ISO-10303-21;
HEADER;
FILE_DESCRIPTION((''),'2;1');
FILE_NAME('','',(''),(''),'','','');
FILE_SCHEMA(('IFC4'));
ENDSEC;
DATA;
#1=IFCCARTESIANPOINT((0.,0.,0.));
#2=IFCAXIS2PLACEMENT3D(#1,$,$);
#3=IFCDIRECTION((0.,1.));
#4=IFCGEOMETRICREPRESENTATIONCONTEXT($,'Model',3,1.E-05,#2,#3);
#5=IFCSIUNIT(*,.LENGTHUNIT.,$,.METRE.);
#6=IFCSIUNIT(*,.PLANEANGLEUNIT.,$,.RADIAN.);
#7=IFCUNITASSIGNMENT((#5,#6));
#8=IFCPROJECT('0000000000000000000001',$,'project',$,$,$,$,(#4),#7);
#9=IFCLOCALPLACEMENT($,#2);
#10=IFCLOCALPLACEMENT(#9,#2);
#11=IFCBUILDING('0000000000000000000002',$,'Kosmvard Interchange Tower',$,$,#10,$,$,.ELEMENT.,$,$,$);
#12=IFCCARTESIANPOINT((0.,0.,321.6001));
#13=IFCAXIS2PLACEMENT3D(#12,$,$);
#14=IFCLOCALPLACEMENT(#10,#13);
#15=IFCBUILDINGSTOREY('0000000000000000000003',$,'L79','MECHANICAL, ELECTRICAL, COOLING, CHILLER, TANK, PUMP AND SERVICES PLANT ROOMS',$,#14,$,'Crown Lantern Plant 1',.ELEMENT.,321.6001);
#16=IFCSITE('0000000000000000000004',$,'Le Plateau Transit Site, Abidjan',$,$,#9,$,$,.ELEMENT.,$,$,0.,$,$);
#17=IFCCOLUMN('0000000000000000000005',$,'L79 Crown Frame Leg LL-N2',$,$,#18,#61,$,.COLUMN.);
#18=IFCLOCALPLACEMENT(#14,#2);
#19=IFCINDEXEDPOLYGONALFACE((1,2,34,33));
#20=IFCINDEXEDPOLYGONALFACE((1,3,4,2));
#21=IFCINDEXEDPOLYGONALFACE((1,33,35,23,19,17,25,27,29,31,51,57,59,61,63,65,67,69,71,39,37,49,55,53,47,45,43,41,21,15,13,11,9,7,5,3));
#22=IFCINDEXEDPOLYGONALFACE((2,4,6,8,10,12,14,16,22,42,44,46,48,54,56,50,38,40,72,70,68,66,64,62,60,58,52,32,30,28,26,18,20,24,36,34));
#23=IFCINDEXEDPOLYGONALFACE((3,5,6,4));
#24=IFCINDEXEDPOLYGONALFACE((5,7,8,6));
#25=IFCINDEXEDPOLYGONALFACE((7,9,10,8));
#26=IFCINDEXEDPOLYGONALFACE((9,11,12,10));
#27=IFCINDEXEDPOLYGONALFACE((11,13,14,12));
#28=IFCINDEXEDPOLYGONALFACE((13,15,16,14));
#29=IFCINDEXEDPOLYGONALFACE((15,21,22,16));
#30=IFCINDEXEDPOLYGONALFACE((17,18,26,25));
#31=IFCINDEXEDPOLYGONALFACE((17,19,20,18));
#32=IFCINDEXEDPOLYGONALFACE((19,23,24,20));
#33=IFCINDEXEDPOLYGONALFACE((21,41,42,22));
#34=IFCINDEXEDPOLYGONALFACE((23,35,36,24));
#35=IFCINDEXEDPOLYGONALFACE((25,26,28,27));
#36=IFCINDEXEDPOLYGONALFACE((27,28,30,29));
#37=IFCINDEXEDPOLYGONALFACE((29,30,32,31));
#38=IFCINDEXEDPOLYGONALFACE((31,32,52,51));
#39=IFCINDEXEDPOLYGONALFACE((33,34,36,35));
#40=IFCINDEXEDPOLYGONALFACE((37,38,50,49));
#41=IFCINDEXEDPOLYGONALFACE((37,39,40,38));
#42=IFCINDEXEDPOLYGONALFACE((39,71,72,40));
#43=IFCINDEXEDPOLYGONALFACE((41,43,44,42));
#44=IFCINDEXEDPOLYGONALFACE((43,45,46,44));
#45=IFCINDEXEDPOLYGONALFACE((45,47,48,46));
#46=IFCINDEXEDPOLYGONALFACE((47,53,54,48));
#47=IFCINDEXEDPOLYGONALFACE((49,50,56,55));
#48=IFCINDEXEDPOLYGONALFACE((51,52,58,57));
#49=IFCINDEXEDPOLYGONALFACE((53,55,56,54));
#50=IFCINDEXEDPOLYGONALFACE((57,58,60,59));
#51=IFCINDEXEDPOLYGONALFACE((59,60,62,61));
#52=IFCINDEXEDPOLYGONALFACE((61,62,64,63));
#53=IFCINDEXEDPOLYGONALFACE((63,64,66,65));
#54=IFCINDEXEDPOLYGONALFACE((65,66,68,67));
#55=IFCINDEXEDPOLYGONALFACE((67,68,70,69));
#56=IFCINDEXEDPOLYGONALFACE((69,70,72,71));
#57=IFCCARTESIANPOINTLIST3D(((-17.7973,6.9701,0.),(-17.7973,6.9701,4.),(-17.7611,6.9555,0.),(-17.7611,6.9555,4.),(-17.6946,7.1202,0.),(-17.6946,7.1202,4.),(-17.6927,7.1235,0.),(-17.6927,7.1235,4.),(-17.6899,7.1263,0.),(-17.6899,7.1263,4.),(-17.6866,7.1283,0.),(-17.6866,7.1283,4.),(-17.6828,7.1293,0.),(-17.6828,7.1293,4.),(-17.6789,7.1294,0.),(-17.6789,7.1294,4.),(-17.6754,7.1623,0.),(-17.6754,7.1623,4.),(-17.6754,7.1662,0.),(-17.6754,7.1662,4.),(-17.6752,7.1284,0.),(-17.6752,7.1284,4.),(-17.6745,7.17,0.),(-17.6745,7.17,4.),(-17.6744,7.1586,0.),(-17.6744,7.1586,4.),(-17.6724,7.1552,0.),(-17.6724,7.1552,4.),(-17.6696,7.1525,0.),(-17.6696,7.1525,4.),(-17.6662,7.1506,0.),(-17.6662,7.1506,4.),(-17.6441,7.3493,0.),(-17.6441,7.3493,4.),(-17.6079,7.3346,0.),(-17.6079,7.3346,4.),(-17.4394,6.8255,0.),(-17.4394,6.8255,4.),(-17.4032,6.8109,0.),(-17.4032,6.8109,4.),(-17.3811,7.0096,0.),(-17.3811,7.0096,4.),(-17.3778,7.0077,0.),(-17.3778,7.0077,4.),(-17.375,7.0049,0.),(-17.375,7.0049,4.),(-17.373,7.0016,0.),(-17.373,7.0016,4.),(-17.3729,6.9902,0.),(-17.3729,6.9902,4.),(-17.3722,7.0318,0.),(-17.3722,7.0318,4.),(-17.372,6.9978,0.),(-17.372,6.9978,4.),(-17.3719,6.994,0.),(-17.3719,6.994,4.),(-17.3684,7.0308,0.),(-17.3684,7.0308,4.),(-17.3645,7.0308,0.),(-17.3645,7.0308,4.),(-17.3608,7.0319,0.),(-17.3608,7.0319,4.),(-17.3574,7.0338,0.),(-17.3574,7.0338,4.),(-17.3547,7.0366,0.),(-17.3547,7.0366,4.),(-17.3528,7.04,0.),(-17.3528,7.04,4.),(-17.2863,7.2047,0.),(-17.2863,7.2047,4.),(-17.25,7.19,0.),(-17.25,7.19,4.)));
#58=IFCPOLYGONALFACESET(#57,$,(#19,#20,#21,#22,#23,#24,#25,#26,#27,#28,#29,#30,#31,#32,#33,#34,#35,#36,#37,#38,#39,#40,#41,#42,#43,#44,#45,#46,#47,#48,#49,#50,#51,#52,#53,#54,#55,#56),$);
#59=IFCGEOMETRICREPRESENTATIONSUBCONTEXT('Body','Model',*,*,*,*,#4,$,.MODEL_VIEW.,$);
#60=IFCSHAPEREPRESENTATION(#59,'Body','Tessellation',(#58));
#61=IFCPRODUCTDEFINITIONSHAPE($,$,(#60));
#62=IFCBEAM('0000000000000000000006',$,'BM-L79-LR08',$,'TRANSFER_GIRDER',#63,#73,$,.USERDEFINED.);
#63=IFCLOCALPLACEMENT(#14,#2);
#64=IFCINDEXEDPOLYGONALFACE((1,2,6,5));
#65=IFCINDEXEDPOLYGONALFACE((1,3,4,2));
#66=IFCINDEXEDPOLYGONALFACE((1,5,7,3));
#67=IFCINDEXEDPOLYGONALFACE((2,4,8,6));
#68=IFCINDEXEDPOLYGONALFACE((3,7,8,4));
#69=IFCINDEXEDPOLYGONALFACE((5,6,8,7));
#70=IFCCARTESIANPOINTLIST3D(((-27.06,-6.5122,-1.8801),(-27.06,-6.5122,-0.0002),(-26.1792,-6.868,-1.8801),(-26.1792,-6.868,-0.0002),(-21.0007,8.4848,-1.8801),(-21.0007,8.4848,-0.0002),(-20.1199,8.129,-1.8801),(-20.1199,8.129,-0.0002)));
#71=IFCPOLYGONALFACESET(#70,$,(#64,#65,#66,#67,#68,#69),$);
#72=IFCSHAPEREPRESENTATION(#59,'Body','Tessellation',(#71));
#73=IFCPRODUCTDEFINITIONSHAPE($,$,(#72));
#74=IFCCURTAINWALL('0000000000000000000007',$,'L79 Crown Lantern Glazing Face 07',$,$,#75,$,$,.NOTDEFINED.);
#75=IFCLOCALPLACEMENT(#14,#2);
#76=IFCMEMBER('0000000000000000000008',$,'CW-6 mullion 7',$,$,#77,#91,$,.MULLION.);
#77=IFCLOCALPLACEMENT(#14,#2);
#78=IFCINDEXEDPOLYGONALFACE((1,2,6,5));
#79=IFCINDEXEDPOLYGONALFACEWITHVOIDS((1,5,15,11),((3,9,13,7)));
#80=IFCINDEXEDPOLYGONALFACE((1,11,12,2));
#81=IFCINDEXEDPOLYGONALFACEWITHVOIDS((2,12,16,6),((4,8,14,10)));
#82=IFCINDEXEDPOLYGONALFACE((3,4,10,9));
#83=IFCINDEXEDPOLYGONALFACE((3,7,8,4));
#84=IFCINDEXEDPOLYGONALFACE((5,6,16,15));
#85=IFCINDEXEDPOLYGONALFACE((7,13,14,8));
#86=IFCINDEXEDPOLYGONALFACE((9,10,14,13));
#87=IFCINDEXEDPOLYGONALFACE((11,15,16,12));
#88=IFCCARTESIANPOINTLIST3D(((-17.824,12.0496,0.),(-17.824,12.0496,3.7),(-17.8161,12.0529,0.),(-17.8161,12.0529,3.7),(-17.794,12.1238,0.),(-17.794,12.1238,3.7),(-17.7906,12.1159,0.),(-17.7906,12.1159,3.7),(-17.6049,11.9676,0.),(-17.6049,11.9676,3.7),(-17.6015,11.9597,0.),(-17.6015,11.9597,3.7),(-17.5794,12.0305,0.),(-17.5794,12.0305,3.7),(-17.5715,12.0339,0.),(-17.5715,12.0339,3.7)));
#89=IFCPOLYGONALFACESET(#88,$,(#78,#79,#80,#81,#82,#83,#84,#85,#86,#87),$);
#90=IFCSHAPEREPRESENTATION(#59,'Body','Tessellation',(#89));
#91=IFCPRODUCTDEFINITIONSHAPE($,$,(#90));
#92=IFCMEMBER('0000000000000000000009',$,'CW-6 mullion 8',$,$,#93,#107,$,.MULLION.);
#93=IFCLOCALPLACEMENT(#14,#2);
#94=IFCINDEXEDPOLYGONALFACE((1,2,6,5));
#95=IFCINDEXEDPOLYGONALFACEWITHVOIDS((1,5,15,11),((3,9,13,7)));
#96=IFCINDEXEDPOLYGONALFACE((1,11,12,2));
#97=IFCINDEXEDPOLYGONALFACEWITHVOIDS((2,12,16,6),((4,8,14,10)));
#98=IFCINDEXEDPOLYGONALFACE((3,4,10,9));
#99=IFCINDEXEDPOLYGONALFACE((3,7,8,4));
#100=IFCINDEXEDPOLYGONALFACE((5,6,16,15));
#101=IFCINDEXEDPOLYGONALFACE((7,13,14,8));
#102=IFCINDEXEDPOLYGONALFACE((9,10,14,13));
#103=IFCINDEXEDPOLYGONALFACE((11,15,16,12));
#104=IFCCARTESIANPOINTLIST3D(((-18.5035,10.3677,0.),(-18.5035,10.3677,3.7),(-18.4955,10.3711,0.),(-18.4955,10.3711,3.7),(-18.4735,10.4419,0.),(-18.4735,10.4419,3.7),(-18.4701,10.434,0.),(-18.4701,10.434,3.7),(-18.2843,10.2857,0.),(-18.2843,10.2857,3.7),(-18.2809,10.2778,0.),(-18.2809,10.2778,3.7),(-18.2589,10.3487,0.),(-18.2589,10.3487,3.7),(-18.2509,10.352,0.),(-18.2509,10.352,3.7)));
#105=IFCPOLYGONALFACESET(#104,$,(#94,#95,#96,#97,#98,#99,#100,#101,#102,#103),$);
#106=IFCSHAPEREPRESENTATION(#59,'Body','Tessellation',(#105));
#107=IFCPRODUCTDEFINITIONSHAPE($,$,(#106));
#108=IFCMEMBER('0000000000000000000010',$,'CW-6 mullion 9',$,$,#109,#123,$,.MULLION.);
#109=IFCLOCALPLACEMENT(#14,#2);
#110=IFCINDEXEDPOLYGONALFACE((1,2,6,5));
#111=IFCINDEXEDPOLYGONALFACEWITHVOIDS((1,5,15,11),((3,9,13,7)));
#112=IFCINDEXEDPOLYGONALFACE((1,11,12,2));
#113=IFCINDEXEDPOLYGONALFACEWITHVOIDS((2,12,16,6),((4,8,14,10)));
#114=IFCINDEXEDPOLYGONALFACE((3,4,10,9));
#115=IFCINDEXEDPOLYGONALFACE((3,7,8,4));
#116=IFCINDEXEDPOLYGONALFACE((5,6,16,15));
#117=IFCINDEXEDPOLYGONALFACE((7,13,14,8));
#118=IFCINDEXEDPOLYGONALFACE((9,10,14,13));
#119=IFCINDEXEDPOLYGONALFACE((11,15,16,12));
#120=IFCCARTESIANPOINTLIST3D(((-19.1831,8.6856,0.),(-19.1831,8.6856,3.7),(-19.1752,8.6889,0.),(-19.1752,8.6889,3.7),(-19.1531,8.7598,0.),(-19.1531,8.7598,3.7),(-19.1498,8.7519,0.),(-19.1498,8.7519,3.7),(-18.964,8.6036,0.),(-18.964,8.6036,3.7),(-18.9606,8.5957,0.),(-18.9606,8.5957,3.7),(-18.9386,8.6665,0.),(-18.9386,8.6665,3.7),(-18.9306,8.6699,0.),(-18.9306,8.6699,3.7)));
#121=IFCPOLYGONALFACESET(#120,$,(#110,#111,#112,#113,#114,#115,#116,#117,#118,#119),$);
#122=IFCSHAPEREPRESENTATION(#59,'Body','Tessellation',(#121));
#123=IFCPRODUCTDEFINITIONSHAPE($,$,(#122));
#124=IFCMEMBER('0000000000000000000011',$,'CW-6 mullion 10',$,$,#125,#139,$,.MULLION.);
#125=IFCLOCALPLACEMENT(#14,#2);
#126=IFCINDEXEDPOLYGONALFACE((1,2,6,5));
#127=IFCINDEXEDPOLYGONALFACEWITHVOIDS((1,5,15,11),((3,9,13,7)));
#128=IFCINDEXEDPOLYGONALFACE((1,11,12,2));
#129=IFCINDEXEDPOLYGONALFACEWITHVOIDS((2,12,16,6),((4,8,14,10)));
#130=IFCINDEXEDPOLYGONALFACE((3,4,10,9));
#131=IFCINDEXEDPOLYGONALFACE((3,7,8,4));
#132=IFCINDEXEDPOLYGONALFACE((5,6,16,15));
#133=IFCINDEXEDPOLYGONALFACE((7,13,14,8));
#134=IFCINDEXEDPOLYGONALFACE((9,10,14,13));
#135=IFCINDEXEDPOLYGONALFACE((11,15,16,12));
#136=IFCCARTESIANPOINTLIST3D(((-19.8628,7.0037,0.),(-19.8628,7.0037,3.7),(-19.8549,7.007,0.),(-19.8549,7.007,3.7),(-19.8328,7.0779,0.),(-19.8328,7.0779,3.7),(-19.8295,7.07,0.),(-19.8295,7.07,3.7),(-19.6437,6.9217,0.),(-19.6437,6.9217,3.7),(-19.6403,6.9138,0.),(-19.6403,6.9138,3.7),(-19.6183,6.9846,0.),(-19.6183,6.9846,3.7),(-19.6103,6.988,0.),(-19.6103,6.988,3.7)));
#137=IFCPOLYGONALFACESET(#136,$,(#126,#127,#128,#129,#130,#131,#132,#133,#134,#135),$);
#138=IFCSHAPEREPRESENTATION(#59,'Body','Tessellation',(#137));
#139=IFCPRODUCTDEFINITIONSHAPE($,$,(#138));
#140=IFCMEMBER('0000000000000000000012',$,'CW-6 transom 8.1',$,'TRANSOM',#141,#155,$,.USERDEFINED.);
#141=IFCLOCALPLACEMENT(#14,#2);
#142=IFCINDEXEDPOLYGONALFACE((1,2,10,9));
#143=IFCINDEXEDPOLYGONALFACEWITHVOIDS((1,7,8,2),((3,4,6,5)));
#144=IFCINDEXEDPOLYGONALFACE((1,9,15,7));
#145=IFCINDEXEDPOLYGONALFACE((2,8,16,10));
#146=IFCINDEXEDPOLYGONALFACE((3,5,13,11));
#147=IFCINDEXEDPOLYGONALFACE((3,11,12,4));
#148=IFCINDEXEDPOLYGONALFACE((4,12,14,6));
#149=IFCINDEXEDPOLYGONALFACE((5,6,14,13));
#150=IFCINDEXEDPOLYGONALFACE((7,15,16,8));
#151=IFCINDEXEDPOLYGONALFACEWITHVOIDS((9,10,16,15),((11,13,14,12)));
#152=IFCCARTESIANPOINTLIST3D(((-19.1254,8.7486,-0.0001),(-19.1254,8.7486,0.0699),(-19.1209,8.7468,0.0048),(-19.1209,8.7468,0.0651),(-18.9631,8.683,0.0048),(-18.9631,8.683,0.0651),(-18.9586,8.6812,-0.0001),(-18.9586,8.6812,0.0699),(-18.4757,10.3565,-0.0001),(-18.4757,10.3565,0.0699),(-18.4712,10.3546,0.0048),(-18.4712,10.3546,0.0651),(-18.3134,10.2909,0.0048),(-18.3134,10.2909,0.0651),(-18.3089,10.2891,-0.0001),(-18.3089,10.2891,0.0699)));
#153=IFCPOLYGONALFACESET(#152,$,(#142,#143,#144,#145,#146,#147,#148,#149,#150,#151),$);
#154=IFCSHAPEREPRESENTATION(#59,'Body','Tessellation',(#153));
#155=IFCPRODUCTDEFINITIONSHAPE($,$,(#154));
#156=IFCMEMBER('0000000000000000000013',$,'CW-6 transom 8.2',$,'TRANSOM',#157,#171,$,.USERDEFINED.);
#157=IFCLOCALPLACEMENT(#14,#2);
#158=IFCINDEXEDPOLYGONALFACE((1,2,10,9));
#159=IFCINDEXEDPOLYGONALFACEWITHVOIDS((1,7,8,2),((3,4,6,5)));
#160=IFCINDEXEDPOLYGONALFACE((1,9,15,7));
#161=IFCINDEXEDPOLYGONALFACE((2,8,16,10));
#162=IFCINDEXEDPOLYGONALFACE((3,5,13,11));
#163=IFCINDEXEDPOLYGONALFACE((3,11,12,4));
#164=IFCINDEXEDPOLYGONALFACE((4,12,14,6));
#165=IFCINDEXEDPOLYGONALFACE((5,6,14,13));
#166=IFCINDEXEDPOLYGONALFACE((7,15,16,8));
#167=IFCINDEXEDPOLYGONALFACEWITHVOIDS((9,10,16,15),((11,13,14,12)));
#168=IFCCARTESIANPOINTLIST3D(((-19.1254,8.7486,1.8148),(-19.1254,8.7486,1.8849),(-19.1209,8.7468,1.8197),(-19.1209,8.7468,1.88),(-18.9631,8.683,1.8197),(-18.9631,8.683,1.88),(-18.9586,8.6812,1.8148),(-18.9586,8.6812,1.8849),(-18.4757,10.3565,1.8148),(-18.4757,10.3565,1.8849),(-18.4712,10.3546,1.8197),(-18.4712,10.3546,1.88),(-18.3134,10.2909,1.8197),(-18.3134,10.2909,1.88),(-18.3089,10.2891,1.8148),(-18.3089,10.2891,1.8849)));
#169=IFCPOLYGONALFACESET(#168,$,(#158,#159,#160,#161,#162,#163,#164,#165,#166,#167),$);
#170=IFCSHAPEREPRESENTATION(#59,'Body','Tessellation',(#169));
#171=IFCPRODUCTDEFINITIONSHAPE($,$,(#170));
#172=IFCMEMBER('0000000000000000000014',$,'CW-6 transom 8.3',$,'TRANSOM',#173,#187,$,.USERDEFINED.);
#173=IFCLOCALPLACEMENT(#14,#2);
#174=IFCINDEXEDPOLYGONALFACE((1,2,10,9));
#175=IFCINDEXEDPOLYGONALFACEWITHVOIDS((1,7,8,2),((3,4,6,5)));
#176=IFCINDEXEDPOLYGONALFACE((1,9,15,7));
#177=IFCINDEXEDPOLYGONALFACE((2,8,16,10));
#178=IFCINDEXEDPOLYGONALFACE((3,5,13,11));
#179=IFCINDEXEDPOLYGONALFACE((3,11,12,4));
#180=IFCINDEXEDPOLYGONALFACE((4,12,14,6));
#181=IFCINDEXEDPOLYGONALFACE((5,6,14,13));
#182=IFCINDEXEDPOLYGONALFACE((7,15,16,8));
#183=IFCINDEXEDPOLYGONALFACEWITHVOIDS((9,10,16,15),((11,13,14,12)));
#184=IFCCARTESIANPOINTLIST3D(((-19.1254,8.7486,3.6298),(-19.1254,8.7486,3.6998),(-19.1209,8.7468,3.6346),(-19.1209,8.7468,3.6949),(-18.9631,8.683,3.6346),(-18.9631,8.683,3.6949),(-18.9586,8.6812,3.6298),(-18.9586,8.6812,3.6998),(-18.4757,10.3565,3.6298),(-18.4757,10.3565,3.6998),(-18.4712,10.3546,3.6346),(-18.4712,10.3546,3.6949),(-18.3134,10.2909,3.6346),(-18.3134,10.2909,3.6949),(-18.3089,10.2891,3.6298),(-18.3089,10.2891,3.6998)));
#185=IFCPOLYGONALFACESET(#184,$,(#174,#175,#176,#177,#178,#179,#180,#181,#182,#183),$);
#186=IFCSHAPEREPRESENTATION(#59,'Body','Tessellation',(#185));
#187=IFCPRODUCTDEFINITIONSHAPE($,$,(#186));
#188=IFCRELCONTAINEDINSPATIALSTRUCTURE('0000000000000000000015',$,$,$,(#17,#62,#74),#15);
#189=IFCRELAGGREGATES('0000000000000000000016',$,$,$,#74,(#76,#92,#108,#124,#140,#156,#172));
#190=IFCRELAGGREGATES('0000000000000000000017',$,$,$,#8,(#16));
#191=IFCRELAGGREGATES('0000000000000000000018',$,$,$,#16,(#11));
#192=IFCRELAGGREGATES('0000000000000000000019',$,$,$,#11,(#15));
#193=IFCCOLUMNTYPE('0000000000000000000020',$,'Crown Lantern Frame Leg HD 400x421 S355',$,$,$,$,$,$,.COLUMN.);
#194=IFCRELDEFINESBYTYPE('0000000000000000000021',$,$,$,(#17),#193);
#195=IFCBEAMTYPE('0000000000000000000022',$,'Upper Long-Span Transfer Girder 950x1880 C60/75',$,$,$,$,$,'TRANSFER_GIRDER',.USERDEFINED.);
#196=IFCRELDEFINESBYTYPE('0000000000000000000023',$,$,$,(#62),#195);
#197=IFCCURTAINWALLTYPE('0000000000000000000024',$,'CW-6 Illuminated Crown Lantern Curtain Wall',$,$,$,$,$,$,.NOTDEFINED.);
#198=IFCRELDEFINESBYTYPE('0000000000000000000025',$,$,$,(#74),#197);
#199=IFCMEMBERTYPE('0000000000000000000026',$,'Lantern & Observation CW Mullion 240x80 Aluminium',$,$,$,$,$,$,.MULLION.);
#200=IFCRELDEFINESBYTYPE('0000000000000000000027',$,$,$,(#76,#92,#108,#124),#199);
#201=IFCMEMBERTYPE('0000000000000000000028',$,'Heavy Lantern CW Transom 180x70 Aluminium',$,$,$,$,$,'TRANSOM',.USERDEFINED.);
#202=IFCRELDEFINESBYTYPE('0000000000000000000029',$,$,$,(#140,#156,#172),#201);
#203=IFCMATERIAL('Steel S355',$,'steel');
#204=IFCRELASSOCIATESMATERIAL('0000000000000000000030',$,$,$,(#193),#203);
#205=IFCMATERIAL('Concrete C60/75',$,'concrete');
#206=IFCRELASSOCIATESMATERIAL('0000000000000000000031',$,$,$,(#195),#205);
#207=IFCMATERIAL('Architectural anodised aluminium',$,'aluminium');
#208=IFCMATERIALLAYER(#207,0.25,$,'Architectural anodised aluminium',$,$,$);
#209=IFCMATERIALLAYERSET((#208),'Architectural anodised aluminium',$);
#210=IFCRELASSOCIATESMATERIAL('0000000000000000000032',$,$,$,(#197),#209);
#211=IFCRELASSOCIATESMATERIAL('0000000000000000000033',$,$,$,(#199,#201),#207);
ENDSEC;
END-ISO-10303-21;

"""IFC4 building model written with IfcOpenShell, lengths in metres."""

from ifc_helpers import new_model, si_unit, direction, frame, origin, origin_2d, place, context, subcontext, project, spatial, rectangle, hollow_rectangle, i_section, extrude, source, transform, mapped, material, layer, layer_set, material_profile, profile_set, type_object, element, aggregate, save


model = new_model("IFC4")

# Units and contexts
model_context = context("Model", 3, precision=1e-05, world=origin(), true_north=direction((0.0, 1.0)))
body_context = subcontext(model_context, "Body", "Model", "MODEL_VIEW")
ifc_project = project(units=[si_unit("LENGTHUNIT", "METRE"), si_unit("PLANEANGLEUNIT", "RADIAN")], contexts=[model_context])

# Site, building, storey
site_placement = place(None, origin())
site = spatial("IfcSite", under=ifc_project, at=site_placement, Name="Le Plateau Transit Site, Abidjan", CompositionType="ELEMENT", RefElevation=0.0)
building_placement = place(site_placement, origin())
building = spatial("IfcBuilding", under=site, at=building_placement, Name="Kosmvard Interchange Tower", CompositionType="ELEMENT")
storey_placement = place(building_placement, frame((0.0, 0.0, 321.6001)))
storey = spatial("IfcBuildingStorey", under=building, at=storey_placement, Name="L79", Description="MECHANICAL, ELECTRICAL, COOLING, CHILLER, TANK, PUMP AND SERVICES PLANT ROOMS", LongName="Crown Lantern Plant 1", CompositionType="ELEMENT", Elevation=321.6001)

# Column
ifc_material_1 = material(Name="Steel S355", Category="steel")
ifc_material_profile_1 = material_profile(ifc_material_1, i_section(OverallWidth=0.4089, OverallDepth=0.425, WebThickness=0.0239, FlangeThickness=0.0391, FilletRadius=0.0149, at=origin_2d()), Name="HD 400x421")
ifc_profile_set_1 = profile_set([ifc_material_profile_1], Name="Steel S355")
column_type = type_object("IfcColumnType", Name="Crown Lantern Frame Leg HD 400x421 S355", PredefinedType="COLUMN", material=ifc_profile_set_1)
shared_shape_1 = source(origin(), body_context, "Body", "SweptSolid", [
    extrude(i_section(OverallWidth=0.4089, OverallDepth=0.425, WebThickness=0.0239, FlangeThickness=0.0391, FilletRadius=0.0149, at=origin_2d()), origin(), (0.0, 0.0, 1.0), 4.0),
])
column_placement = place(storey_placement, frame((-17.5237, 7.0801, 0.0), z_axis=(0.0, 0.0, 1.0), x_axis=(0.374607, 0.927184, 0.0)))
element("IfcColumn", 1, at=column_placement, inside=storey, type_object=column_type, Name="L79 Crown Frame Leg LL-N2", PredefinedType="COLUMN", context=body_context, shape_type="MappedRepresentation", body=[
    mapped(shared_shape_1, transform((0.0, 0.0, 0.0), scale=1.0)),
])

# Beam
ifc_material_2 = material(Name="Concrete C60/75", Category="concrete")
ifc_material_profile_2 = material_profile(ifc_material_2, rectangle(XDim=0.95, YDim=1.8799, at=origin_2d()), Name="TG 950x1880")
ifc_profile_set_2 = profile_set([ifc_material_profile_2], Name="Concrete C60/75")
beam_type = type_object("IfcBeamType", Name="Upper Long-Span Transfer Girder 950x1880 C60/75", ElementType="TRANSFER_GIRDER", PredefinedType="USERDEFINED", material=ifc_profile_set_2)
shared_shape_2 = source(origin(), body_context, "Body", "SweptSolid", [
    extrude(rectangle(XDim=0.95, YDim=1.8799, at=origin_2d()), origin(), (0.0, 0.0, 1.0), 16.1748),
])
beam_placement = place(storey_placement, frame((-20.5603, 8.3069, -0.9402), z_axis=(-0.374613, -0.927181, 0.0), x_axis=(0.927181, -0.374613, 0.0)))
element("IfcBeam", 2, at=beam_placement, inside=storey, type_object=beam_type, Name="BM-L79-LR08", ObjectType="TRANSFER_GIRDER", PredefinedType="USERDEFINED", context=body_context, shape_type="MappedRepresentation", body=[
    mapped(shared_shape_2, transform((0.0, 0.0, 0.0), scale=1.0)),
])

# Curtain wall, members
ifc_material_3 = material(Name="Architectural anodised aluminium", Category="aluminium")
ifc_layer_1 = layer(ifc_material_3, 0.25, Name="Architectural anodised aluminium")
ifc_layer_set_1 = layer_set([ifc_layer_1], Name="Architectural anodised aluminium")
curtain_wall_type = type_object("IfcCurtainWallType", Name="CW-6 Illuminated Crown Lantern Curtain Wall", PredefinedType="NOTDEFINED", material=ifc_layer_set_1)
curtain_wall_placement = place(storey_placement, origin())
curtain_wall = element("IfcCurtainWall", 3, at=curtain_wall_placement, inside=storey, type_object=curtain_wall_type, Name="L79 Crown Lantern Glazing Face 07", PredefinedType="NOTDEFINED")
ifc_material_profile_3 = material_profile(ifc_material_3, hollow_rectangle(XDim=0.24, YDim=0.0801, WallThickness=0.0061, at=origin_2d()), Name="CWM 240x80x6")
ifc_profile_set_3 = profile_set([ifc_material_profile_3], Name="Architectural anodised aluminium")
member_type_1 = type_object("IfcMemberType", Name="Lantern & Observation CW Mullion 240x80 Aluminium", PredefinedType="MULLION", material=ifc_profile_set_3)
shared_shape_3 = source(origin(), body_context, "Body", "SweptSolid", [
    extrude(hollow_rectangle(XDim=0.24, YDim=0.0801, WallThickness=0.0061, at=origin_2d()), origin(), (0.0, 0.0, 1.0), 3.7),
])
member_1_placement = place(storey_placement, frame((-17.6978, 12.0417, 0.0), z_axis=(0.0, 0.0, 1.0), x_axis=(0.927184, -0.374607, 0.0)))
member_1 = element("IfcMember", 4, at=member_1_placement, type_object=member_type_1, Name="CW-6 mullion 7", PredefinedType="MULLION", context=body_context, shape_type="MappedRepresentation", body=[
    mapped(shared_shape_3, transform((0.0, 0.0, 0.0), scale=1.0)),
])
member_2_placement = place(storey_placement, frame((-18.3772, 10.3599, 0.0), z_axis=(0.0, 0.0, 1.0), x_axis=(0.927184, -0.374607, 0.0)))
member_2 = element("IfcMember", 5, at=member_2_placement, type_object=member_type_1, Name="CW-6 mullion 8", PredefinedType="MULLION", context=body_context, shape_type="MappedRepresentation", body=[
    mapped(shared_shape_3, transform((0.0, 0.0, 0.0), scale=1.0)),
])
member_3_placement = place(storey_placement, frame((-19.0569, 8.6777, 0.0), z_axis=(0.0, 0.0, 1.0), x_axis=(0.927184, -0.374607, 0.0)))
member_3 = element("IfcMember", 6, at=member_3_placement, type_object=member_type_1, Name="CW-6 mullion 9", PredefinedType="MULLION", context=body_context, shape_type="MappedRepresentation", body=[
    mapped(shared_shape_3, transform((0.0, 0.0, 0.0), scale=1.0)),
])
member_4_placement = place(storey_placement, frame((-19.7366, 6.9958, 0.0), z_axis=(0.0, 0.0, 1.0), x_axis=(0.927184, -0.374607, 0.0)))
member_4 = element("IfcMember", 7, at=member_4_placement, type_object=member_type_1, Name="CW-6 mullion 10", PredefinedType="MULLION", context=body_context, shape_type="MappedRepresentation", body=[
    mapped(shared_shape_3, transform((0.0, 0.0, 0.0), scale=1.0)),
])
ifc_material_profile_4 = material_profile(ifc_material_3, hollow_rectangle(XDim=0.1799, YDim=0.0701, WallThickness=0.0049, at=origin_2d()), Name="CWT 180x70x5")
ifc_profile_set_4 = profile_set([ifc_material_profile_4], Name="Architectural anodised aluminium")
member_type_2 = type_object("IfcMemberType", Name="Heavy Lantern CW Transom 180x70 Aluminium", ElementType="TRANSOM", PredefinedType="USERDEFINED", material=ifc_profile_set_4)
shared_shape_4 = source(origin(), body_context, "Body", "SweptSolid", [
    extrude(hollow_rectangle(XDim=0.1799, YDim=0.0701, WallThickness=0.0049, at=origin_2d()), origin(), (0.0, 0.0, 1.0), 1.7341),
])
member_5_placement = place(storey_placement, frame((-18.3923, 10.3228, 0.0349), z_axis=(-0.374617, -0.92718, 0.0), x_axis=(0.92718, -0.374617, 0.0)))
member_5 = element("IfcMember", 8, at=member_5_placement, type_object=member_type_2, Name="CW-6 transom 8.1", ObjectType="TRANSOM", PredefinedType="USERDEFINED", context=body_context, shape_type="MappedRepresentation", body=[
    mapped(shared_shape_4, transform((0.0, 0.0, 0.0), scale=1.0)),
])
member_6_placement = place(storey_placement, frame((-18.3923, 10.3228, 1.8499), z_axis=(-0.374617, -0.92718, 0.0), x_axis=(0.92718, -0.374617, 0.0)))
member_6 = element("IfcMember", 9, at=member_6_placement, type_object=member_type_2, Name="CW-6 transom 8.2", ObjectType="TRANSOM", PredefinedType="USERDEFINED", context=body_context, shape_type="MappedRepresentation", body=[
    mapped(shared_shape_4, transform((0.0, 0.0, 0.0), scale=1.0)),
])
member_7_placement = place(storey_placement, frame((-18.3923, 10.3228, 3.6648), z_axis=(-0.374617, -0.92718, 0.0), x_axis=(0.92718, -0.374617, 0.0)))
member_7 = element("IfcMember", 10, at=member_7_placement, type_object=member_type_2, Name="CW-6 transom 8.3", ObjectType="TRANSOM", PredefinedType="USERDEFINED", context=body_context, shape_type="MappedRepresentation", body=[
    mapped(shared_shape_4, transform((0.0, 0.0, 0.0), scale=1.0)),
])
aggregate(curtain_wall, [member_1, member_2, member_3, member_4, member_5, member_6, member_7])

save(model, "model.ifc")
